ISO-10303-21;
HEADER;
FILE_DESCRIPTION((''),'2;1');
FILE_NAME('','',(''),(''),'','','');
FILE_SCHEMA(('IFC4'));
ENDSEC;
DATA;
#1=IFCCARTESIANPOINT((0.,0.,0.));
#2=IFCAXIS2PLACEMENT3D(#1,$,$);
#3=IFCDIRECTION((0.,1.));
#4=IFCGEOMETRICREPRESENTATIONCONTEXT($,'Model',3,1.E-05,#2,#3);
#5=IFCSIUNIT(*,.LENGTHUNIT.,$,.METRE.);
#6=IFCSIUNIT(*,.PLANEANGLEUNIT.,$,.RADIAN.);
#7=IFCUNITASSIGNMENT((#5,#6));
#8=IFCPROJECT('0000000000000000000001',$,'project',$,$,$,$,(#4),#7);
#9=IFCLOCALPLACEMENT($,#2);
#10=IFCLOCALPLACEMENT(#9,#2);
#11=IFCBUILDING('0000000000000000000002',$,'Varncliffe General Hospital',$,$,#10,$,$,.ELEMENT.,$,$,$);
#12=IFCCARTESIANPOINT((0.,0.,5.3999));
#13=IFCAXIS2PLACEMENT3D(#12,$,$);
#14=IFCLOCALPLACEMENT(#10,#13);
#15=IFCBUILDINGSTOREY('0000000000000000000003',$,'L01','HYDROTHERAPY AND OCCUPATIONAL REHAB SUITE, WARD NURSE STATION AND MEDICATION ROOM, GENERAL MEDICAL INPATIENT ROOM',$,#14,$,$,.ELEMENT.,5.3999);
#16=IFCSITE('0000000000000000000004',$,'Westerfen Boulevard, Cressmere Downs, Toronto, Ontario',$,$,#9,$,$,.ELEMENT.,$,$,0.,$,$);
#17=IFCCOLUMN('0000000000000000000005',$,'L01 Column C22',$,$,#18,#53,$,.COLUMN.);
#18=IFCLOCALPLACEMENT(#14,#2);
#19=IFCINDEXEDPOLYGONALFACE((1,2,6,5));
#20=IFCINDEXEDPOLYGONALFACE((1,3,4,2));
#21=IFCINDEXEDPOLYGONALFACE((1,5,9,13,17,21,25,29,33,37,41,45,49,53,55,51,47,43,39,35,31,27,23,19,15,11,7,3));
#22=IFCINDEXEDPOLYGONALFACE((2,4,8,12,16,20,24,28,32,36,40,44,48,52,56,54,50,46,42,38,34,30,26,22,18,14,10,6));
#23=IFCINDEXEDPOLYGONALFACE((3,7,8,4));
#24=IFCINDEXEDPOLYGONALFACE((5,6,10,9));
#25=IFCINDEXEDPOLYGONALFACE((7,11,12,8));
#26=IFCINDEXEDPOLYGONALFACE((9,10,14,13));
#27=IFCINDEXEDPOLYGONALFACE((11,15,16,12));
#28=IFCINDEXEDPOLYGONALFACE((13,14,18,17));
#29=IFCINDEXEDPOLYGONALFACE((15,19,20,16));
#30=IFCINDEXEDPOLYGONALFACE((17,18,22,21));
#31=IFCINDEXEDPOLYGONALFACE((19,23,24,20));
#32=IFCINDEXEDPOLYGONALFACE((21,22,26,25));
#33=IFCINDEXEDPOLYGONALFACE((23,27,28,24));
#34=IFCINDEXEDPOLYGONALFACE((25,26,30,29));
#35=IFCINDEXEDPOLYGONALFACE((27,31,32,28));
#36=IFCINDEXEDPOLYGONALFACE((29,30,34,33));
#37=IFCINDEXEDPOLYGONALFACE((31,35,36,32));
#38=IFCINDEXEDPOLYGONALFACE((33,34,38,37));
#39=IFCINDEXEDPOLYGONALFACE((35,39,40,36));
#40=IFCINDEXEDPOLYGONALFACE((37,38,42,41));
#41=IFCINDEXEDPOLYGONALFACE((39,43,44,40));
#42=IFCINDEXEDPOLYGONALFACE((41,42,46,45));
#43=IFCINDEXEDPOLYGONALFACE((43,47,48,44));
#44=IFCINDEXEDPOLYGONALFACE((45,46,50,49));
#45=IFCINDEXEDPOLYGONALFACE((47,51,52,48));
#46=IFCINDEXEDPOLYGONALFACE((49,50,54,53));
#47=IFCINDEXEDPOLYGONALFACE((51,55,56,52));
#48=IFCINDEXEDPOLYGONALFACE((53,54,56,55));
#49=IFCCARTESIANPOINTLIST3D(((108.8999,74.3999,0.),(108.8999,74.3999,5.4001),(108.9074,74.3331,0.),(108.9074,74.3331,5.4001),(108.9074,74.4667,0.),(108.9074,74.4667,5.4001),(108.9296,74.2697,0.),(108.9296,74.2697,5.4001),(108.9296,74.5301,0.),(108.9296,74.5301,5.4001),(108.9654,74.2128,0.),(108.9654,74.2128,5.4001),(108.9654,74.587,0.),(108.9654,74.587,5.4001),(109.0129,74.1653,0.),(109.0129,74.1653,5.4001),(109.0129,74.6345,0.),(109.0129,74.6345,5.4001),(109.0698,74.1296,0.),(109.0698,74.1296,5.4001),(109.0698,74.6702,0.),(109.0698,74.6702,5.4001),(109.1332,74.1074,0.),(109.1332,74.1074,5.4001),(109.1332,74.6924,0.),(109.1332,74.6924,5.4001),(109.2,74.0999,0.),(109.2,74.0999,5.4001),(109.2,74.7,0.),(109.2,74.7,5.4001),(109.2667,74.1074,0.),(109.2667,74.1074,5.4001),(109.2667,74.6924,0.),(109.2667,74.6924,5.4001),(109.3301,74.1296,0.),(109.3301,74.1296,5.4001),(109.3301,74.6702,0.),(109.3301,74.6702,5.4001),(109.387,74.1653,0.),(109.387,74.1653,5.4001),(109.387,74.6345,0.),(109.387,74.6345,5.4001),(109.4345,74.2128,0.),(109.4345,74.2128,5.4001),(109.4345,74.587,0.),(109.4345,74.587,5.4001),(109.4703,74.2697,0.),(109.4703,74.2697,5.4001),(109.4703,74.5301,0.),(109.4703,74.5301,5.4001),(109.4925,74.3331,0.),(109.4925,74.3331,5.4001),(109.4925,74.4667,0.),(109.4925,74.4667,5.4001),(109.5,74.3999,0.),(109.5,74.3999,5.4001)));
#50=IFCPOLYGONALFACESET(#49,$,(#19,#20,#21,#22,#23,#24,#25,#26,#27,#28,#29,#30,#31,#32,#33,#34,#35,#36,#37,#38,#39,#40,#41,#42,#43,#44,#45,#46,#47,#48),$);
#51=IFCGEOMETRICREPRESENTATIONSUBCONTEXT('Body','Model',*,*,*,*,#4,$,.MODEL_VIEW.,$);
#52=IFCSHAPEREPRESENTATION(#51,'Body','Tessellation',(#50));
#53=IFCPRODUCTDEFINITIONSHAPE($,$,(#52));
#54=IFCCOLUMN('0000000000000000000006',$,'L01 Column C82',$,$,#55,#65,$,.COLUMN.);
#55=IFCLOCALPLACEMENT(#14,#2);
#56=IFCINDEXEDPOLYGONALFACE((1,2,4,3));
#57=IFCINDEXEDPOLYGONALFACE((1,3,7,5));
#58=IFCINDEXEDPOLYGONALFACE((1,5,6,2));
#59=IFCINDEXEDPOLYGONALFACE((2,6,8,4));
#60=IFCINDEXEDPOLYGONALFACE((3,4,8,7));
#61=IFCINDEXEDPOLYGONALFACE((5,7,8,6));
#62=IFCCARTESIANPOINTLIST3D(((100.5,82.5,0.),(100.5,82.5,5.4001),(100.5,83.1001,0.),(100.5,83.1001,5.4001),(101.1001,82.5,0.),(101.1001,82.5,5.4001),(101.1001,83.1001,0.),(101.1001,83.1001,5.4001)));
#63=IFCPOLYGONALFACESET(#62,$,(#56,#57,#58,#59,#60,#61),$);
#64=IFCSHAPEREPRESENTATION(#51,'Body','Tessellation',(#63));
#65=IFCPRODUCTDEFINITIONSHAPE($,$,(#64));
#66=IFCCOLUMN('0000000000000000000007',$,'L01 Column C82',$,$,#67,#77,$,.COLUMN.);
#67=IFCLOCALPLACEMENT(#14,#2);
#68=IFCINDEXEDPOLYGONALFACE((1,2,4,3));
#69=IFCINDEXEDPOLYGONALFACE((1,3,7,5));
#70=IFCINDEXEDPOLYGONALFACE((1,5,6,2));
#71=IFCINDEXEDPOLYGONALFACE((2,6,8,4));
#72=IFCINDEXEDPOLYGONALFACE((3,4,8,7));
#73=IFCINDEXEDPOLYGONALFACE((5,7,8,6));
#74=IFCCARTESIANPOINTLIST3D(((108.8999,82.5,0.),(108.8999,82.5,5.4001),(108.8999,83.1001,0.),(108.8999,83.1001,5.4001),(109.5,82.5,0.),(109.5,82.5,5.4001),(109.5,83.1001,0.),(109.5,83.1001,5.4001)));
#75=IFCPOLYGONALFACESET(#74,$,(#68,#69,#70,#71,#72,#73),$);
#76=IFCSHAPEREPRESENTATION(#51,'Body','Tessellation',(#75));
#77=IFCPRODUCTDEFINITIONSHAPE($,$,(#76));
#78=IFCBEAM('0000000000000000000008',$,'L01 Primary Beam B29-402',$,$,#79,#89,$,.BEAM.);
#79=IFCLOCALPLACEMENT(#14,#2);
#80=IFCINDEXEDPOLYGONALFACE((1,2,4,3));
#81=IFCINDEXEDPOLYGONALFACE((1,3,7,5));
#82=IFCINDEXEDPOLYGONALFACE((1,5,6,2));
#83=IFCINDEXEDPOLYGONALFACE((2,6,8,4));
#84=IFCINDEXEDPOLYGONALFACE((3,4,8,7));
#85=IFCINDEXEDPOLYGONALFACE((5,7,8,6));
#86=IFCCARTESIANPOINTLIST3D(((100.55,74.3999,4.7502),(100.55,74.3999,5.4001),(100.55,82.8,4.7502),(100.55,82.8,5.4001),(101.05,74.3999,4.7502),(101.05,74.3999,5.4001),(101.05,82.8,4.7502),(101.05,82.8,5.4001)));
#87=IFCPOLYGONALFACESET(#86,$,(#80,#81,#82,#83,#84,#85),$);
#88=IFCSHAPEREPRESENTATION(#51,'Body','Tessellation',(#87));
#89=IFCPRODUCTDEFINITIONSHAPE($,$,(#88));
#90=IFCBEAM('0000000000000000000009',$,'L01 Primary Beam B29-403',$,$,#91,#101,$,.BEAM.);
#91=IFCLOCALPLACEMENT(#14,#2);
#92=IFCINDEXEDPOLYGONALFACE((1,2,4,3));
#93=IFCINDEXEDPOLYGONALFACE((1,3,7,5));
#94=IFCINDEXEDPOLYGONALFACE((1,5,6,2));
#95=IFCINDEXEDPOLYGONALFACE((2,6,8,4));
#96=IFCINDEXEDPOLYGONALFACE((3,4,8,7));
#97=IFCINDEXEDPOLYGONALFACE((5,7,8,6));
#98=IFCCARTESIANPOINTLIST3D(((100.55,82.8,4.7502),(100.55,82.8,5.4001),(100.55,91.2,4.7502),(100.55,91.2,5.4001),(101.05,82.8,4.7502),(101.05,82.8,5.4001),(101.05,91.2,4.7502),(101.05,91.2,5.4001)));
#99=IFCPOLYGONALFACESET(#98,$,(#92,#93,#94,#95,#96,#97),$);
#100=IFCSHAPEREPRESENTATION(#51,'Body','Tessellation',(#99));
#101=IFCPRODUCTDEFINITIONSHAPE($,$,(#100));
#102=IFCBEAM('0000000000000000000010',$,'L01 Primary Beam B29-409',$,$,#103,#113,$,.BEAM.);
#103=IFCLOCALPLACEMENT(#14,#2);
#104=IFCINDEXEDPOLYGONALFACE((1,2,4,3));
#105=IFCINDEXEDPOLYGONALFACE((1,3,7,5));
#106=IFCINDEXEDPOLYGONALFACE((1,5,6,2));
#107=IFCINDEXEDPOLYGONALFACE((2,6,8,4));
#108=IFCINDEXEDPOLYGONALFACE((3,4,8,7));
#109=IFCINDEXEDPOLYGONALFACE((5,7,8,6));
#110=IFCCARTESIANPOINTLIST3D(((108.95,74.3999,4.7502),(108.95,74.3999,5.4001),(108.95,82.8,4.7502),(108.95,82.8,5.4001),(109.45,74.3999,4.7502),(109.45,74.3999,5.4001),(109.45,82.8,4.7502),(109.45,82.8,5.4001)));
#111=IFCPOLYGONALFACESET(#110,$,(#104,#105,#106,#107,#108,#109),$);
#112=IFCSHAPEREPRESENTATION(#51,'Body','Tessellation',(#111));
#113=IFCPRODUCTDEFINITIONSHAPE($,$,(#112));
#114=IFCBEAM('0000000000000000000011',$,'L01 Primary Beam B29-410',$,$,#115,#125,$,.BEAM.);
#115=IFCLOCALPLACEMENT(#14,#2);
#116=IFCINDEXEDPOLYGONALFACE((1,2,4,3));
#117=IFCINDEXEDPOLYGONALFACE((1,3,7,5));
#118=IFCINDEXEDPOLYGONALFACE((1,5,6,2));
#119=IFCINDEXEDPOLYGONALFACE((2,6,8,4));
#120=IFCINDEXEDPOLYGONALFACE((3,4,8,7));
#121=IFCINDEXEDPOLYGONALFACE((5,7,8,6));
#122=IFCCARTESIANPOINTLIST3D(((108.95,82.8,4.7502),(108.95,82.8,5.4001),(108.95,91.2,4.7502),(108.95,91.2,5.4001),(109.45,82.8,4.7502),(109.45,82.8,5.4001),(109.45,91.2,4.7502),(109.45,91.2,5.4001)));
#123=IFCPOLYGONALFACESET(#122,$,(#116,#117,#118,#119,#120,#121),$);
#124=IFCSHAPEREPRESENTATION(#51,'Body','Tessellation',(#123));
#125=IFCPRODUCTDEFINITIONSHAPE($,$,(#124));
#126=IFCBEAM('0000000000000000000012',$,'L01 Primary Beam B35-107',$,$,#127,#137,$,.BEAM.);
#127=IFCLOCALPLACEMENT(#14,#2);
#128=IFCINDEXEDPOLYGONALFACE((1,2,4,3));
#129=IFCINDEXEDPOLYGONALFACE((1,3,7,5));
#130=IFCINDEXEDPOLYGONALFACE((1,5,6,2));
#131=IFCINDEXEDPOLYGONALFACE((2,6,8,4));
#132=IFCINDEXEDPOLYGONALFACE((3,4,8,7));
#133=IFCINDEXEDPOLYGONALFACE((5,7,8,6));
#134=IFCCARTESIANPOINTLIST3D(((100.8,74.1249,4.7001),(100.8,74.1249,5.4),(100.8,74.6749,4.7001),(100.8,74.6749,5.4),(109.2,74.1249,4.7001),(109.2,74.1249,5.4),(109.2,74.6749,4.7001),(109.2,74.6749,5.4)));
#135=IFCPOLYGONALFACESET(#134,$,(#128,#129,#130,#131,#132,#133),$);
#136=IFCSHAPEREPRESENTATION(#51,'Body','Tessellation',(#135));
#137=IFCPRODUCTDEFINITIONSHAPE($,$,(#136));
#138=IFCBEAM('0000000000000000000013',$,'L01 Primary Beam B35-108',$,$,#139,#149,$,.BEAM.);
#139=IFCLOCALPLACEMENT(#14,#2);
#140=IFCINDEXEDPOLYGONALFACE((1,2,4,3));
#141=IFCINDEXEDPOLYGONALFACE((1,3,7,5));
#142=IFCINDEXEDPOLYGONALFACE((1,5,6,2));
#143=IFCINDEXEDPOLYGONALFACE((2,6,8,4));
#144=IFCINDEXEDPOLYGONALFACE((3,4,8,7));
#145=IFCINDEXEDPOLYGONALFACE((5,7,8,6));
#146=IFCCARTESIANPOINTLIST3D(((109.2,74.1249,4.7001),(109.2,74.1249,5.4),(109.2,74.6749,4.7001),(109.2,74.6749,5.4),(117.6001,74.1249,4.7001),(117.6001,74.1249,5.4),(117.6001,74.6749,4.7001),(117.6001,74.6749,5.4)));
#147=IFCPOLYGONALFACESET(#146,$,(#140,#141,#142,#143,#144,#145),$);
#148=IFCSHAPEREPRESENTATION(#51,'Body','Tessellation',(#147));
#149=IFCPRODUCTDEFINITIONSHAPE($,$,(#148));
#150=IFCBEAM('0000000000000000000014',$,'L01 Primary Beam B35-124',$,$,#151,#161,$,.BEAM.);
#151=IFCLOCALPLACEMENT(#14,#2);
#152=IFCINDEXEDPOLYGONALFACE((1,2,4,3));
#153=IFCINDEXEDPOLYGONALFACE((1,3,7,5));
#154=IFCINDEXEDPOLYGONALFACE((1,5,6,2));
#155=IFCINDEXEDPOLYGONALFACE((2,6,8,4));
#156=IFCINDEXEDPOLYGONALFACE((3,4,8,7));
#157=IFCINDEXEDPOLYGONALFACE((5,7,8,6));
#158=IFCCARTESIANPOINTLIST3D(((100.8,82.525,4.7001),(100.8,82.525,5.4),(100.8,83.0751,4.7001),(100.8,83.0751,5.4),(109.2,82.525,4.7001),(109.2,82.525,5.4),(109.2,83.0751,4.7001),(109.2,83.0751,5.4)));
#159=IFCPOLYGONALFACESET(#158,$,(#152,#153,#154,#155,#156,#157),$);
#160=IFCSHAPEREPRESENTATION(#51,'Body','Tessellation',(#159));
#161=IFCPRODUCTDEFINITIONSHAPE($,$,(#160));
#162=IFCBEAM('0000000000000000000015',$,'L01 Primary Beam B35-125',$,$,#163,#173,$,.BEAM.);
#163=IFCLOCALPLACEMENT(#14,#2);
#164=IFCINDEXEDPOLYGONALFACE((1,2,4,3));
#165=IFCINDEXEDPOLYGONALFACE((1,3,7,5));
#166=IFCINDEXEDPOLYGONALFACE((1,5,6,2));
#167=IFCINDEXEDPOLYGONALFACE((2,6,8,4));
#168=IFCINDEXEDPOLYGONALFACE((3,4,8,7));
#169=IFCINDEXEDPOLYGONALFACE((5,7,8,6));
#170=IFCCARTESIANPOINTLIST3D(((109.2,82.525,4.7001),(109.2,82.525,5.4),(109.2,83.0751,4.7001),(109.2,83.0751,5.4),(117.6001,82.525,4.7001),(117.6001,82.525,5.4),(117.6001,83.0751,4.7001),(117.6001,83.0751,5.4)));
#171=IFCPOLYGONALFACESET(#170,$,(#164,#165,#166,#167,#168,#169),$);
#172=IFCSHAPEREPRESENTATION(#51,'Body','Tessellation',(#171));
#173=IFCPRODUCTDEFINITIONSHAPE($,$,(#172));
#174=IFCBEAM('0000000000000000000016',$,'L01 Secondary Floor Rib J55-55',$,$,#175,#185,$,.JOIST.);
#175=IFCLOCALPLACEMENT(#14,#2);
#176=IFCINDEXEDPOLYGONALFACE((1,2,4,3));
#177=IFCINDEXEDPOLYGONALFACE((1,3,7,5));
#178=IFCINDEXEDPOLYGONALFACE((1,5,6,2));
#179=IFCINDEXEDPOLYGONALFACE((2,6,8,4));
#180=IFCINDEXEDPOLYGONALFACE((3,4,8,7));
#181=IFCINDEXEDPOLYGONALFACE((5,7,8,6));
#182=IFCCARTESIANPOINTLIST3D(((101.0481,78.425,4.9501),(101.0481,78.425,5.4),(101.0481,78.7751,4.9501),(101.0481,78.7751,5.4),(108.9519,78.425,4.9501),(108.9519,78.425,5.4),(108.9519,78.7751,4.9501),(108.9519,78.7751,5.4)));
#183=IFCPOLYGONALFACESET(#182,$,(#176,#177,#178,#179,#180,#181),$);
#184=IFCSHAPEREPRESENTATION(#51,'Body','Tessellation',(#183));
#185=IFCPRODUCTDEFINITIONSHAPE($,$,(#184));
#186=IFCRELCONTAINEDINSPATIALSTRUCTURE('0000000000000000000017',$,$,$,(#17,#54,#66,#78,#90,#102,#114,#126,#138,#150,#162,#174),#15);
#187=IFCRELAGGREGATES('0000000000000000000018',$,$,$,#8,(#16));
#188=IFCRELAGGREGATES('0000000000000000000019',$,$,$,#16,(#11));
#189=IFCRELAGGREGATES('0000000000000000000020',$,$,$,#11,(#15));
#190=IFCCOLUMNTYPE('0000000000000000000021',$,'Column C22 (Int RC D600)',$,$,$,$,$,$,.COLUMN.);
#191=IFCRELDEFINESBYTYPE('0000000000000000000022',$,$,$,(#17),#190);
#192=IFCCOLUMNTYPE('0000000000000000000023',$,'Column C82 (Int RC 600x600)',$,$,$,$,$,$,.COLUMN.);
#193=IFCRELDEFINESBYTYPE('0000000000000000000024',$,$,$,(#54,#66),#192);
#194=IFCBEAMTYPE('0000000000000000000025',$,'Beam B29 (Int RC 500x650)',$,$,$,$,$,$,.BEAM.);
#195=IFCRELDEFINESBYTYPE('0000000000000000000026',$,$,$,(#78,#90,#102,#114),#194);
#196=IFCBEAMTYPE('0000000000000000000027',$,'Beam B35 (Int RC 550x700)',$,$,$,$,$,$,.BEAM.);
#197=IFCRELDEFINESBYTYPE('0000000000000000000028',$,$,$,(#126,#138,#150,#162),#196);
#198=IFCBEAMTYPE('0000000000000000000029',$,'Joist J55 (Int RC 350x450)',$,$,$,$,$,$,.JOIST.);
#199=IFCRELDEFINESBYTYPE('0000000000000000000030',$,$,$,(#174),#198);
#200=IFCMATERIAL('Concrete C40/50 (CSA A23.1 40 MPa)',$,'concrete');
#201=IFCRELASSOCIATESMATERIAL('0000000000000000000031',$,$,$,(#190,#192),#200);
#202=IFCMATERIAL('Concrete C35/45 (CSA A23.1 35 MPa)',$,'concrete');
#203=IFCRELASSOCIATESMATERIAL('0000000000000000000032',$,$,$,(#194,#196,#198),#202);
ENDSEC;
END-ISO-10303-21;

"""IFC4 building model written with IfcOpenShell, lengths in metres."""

from ifc_helpers import new_model, si_unit, direction, frame, origin, origin_2d, place, context, subcontext, project, spatial, rectangle, circle, extrude, material, material_profile, profile_set, type_object, element, save


model = new_model("IFC4")

# Units and contexts
model_context = context("Model", 3, precision=1e-05, world=origin(), true_north=direction((0.0, 1.0)))
body_context = subcontext(model_context, "Body", "Model", "MODEL_VIEW")
ifc_project = project(units=[si_unit("LENGTHUNIT", "METRE"), si_unit("PLANEANGLEUNIT", "RADIAN")], contexts=[model_context])

# Site, building, storey
site_placement = place(None, origin())
site = spatial("IfcSite", under=ifc_project, at=site_placement, Name="Westerfen Boulevard, Cressmere Downs, Toronto, Ontario", CompositionType="ELEMENT", RefElevation=0.0)
building_placement = place(site_placement, origin())
building = spatial("IfcBuilding", under=site, at=building_placement, Name="Varncliffe General Hospital", CompositionType="ELEMENT")
storey_placement = place(building_placement, frame((0.0, 0.0, 5.3999)))
storey = spatial("IfcBuildingStorey", under=building, at=storey_placement, Name="L01", Description="HYDROTHERAPY AND OCCUPATIONAL REHAB SUITE, WARD NURSE STATION AND MEDICATION ROOM, GENERAL MEDICAL INPATIENT ROOM", CompositionType="ELEMENT", Elevation=5.3999)

# Columns
ifc_material_1 = material(Name="Concrete C40/50 (CSA A23.1 40 MPa)", Category="concrete")
ifc_material_profile_1 = material_profile(ifc_material_1, circle(Radius=0.3, at=origin_2d()), Name="RC D600")
ifc_profile_set_1 = profile_set([ifc_material_profile_1], Name="Concrete C40/50 (CSA A23.1 40 MPa)")
column_type_1 = type_object("IfcColumnType", Name="Column C22 (Int RC D600)", PredefinedType="COLUMN", material=ifc_profile_set_1)
column_placement = place(storey_placement, frame((109.2, 74.3999, 0.0), z_axis=(0.0, 0.0, 1.0), x_axis=(1.0, 0.0, 0.0)))
element("IfcColumn", 1, at=column_placement, inside=storey, type_object=column_type_1, Name="L01 Column C22", PredefinedType="COLUMN", context=body_context, shape_type="SweptSolid", body=[
    extrude(circle(Radius=0.3, at=origin_2d()), origin(), (0.0, 0.0, 1.0), 5.4001),
])
ifc_material_profile_2 = material_profile(ifc_material_1, rectangle(XDim=0.6001, YDim=0.6001, at=origin_2d()), Name="RC 600x600")
ifc_profile_set_2 = profile_set([ifc_material_profile_2], Name="Concrete C40/50 (CSA A23.1 40 MPa)")
column_type_2 = type_object("IfcColumnType", Name="Column C82 (Int RC 600x600)", PredefinedType="COLUMN", material=ifc_profile_set_2)
for number, where, z_axis, x_axis, name in (
    (2, (100.8, 82.8, 0.0), (0.0, 0.0, 1.0), (1.0, 0.0, 0.0), "L01 Column C82"),
    (3, (109.2, 82.8, 0.0), (0.0, 0.0, 1.0), (1.0, 0.0, 0.0), "L01 Column C82"),
):
    element("IfcColumn", number, at=place(storey_placement, frame(where, z_axis=z_axis, x_axis=x_axis)), inside=storey, type_object=column_type_2, Name=name, PredefinedType="COLUMN", context=body_context, shape_type="SweptSolid", body=[
        extrude(rectangle(XDim=0.6001, YDim=0.6001, at=origin_2d()), origin(), (0.0, 0.0, 1.0), 5.4001),
    ])

# Beams
ifc_material_2 = material(Name="Concrete C35/45 (CSA A23.1 35 MPa)", Category="concrete")
ifc_material_profile_3 = material_profile(ifc_material_2, rectangle(XDim=0.5, YDim=0.6499, at=origin_2d()), Name="RC 500x650")
ifc_profile_set_3 = profile_set([ifc_material_profile_3], Name="Concrete C35/45 (CSA A23.1 35 MPa)")
beam_type_1 = type_object("IfcBeamType", Name="Beam B29 (Int RC 500x650)", PredefinedType="BEAM", material=ifc_profile_set_3)
beam_1_placement = place(storey_placement, frame((100.8, 74.3999, 5.0752), z_axis=(0.0, 1.0, 0.0), x_axis=(-1.0, 0.0, 0.0)))
element("IfcBeam", 4, at=beam_1_placement, inside=storey, type_object=beam_type_1, Name="L01 Primary Beam B29-402", PredefinedType="BEAM", context=body_context, shape_type="SweptSolid", body=[
    extrude(rectangle(XDim=0.5, YDim=0.6499, at=origin_2d()), origin(), (0.0, 0.0, 1.0), 8.4001),
])
beam_2_placement = place(storey_placement, frame((100.8, 82.8, 5.0752), z_axis=(0.0, 1.0, 0.0), x_axis=(-1.0, 0.0, 0.0)))
element("IfcBeam", 5, at=beam_2_placement, inside=storey, type_object=beam_type_1, Name="L01 Primary Beam B29-403", PredefinedType="BEAM", context=body_context, shape_type="SweptSolid", body=[
    extrude(rectangle(XDim=0.5, YDim=0.6499, at=origin_2d()), origin(), (0.0, 0.0, 1.0), 8.3999),
])
beam_3_placement = place(storey_placement, frame((109.2, 74.3999, 5.0752), z_axis=(0.0, 1.0, 0.0), x_axis=(-1.0, 0.0, 0.0)))
element("IfcBeam", 6, at=beam_3_placement, inside=storey, type_object=beam_type_1, Name="L01 Primary Beam B29-409", PredefinedType="BEAM", context=body_context, shape_type="SweptSolid", body=[
    extrude(rectangle(XDim=0.5, YDim=0.6499, at=origin_2d()), origin(), (0.0, 0.0, 1.0), 8.4001),
])
beam_4_placement = place(storey_placement, frame((109.2, 82.8, 5.0752), z_axis=(0.0, 1.0, 0.0), x_axis=(-1.0, 0.0, 0.0)))
element("IfcBeam", 7, at=beam_4_placement, inside=storey, type_object=beam_type_1, Name="L01 Primary Beam B29-410", PredefinedType="BEAM", context=body_context, shape_type="SweptSolid", body=[
    extrude(rectangle(XDim=0.5, YDim=0.6499, at=origin_2d()), origin(), (0.0, 0.0, 1.0), 8.3999),
])
ifc_material_profile_4 = material_profile(ifc_material_2, rectangle(XDim=0.55, YDim=0.7, at=origin_2d()), Name="RC 550x700")
ifc_profile_set_4 = profile_set([ifc_material_profile_4], Name="Concrete C35/45 (CSA A23.1 35 MPa)")
beam_type_2 = type_object("IfcBeamType", Name="Beam B35 (Int RC 550x700)", PredefinedType="BEAM", material=ifc_profile_set_4)
beam_5_placement = place(storey_placement, frame((100.8, 74.3999, 5.05), z_axis=(1.0, 0.0, 0.0), x_axis=(0.0, 1.0, 0.0)))
element("IfcBeam", 8, at=beam_5_placement, inside=storey, type_object=beam_type_2, Name="L01 Primary Beam B35-107", PredefinedType="BEAM", context=body_context, shape_type="SweptSolid", body=[
    extrude(rectangle(XDim=0.55, YDim=0.7, at=origin_2d()), origin(), (0.0, 0.0, 1.0), 8.3999),
])
beam_6_placement = place(storey_placement, frame((109.2, 74.3999, 5.05), z_axis=(1.0, 0.0, 0.0), x_axis=(0.0, 1.0, 0.0)))
element("IfcBeam", 9, at=beam_6_placement, inside=storey, type_object=beam_type_2, Name="L01 Primary Beam B35-108", PredefinedType="BEAM", context=body_context, shape_type="SweptSolid", body=[
    extrude(rectangle(XDim=0.55, YDim=0.7, at=origin_2d()), origin(), (0.0, 0.0, 1.0), 8.4001),
])
beam_7_placement = place(storey_placement, frame((100.8, 82.8, 5.05), z_axis=(1.0, 0.0, 0.0), x_axis=(0.0, 1.0, 0.0)))
element("IfcBeam", 10, at=beam_7_placement, inside=storey, type_object=beam_type_2, Name="L01 Primary Beam B35-124", PredefinedType="BEAM", context=body_context, shape_type="SweptSolid", body=[
    extrude(rectangle(XDim=0.55, YDim=0.7, at=origin_2d()), origin(), (0.0, 0.0, 1.0), 8.3999),
])
beam_8_placement = place(storey_placement, frame((109.2, 82.8, 5.05), z_axis=(1.0, 0.0, 0.0), x_axis=(0.0, 1.0, 0.0)))
element("IfcBeam", 11, at=beam_8_placement, inside=storey, type_object=beam_type_2, Name="L01 Primary Beam B35-125", PredefinedType="BEAM", context=body_context, shape_type="SweptSolid", body=[
    extrude(rectangle(XDim=0.55, YDim=0.7, at=origin_2d()), origin(), (0.0, 0.0, 1.0), 8.4001),
])
ifc_material_profile_5 = material_profile(ifc_material_2, rectangle(XDim=0.3501, YDim=0.45, at=origin_2d()), Name="RC 350x450")
ifc_profile_set_5 = profile_set([ifc_material_profile_5], Name="Concrete C35/45 (CSA A23.1 35 MPa)")
beam_type_3 = type_object("IfcBeamType", Name="Joist J55 (Int RC 350x450)", PredefinedType="JOIST", material=ifc_profile_set_5)
beam_9_placement = place(storey_placement, frame((101.0481, 78.6001, 5.175), z_axis=(1.0, 0.0, 0.0), x_axis=(0.0, 1.0, 0.0)))
element("IfcBeam", 12, at=beam_9_placement, inside=storey, type_object=beam_type_3, Name="L01 Secondary Floor Rib J55-55", PredefinedType="JOIST", context=body_context, shape_type="SweptSolid", body=[
    extrude(rectangle(XDim=0.3501, YDim=0.45, at=origin_2d()), origin(), (0.0, 0.0, 1.0), 7.9038),
])

save(model, "model.ifc")
